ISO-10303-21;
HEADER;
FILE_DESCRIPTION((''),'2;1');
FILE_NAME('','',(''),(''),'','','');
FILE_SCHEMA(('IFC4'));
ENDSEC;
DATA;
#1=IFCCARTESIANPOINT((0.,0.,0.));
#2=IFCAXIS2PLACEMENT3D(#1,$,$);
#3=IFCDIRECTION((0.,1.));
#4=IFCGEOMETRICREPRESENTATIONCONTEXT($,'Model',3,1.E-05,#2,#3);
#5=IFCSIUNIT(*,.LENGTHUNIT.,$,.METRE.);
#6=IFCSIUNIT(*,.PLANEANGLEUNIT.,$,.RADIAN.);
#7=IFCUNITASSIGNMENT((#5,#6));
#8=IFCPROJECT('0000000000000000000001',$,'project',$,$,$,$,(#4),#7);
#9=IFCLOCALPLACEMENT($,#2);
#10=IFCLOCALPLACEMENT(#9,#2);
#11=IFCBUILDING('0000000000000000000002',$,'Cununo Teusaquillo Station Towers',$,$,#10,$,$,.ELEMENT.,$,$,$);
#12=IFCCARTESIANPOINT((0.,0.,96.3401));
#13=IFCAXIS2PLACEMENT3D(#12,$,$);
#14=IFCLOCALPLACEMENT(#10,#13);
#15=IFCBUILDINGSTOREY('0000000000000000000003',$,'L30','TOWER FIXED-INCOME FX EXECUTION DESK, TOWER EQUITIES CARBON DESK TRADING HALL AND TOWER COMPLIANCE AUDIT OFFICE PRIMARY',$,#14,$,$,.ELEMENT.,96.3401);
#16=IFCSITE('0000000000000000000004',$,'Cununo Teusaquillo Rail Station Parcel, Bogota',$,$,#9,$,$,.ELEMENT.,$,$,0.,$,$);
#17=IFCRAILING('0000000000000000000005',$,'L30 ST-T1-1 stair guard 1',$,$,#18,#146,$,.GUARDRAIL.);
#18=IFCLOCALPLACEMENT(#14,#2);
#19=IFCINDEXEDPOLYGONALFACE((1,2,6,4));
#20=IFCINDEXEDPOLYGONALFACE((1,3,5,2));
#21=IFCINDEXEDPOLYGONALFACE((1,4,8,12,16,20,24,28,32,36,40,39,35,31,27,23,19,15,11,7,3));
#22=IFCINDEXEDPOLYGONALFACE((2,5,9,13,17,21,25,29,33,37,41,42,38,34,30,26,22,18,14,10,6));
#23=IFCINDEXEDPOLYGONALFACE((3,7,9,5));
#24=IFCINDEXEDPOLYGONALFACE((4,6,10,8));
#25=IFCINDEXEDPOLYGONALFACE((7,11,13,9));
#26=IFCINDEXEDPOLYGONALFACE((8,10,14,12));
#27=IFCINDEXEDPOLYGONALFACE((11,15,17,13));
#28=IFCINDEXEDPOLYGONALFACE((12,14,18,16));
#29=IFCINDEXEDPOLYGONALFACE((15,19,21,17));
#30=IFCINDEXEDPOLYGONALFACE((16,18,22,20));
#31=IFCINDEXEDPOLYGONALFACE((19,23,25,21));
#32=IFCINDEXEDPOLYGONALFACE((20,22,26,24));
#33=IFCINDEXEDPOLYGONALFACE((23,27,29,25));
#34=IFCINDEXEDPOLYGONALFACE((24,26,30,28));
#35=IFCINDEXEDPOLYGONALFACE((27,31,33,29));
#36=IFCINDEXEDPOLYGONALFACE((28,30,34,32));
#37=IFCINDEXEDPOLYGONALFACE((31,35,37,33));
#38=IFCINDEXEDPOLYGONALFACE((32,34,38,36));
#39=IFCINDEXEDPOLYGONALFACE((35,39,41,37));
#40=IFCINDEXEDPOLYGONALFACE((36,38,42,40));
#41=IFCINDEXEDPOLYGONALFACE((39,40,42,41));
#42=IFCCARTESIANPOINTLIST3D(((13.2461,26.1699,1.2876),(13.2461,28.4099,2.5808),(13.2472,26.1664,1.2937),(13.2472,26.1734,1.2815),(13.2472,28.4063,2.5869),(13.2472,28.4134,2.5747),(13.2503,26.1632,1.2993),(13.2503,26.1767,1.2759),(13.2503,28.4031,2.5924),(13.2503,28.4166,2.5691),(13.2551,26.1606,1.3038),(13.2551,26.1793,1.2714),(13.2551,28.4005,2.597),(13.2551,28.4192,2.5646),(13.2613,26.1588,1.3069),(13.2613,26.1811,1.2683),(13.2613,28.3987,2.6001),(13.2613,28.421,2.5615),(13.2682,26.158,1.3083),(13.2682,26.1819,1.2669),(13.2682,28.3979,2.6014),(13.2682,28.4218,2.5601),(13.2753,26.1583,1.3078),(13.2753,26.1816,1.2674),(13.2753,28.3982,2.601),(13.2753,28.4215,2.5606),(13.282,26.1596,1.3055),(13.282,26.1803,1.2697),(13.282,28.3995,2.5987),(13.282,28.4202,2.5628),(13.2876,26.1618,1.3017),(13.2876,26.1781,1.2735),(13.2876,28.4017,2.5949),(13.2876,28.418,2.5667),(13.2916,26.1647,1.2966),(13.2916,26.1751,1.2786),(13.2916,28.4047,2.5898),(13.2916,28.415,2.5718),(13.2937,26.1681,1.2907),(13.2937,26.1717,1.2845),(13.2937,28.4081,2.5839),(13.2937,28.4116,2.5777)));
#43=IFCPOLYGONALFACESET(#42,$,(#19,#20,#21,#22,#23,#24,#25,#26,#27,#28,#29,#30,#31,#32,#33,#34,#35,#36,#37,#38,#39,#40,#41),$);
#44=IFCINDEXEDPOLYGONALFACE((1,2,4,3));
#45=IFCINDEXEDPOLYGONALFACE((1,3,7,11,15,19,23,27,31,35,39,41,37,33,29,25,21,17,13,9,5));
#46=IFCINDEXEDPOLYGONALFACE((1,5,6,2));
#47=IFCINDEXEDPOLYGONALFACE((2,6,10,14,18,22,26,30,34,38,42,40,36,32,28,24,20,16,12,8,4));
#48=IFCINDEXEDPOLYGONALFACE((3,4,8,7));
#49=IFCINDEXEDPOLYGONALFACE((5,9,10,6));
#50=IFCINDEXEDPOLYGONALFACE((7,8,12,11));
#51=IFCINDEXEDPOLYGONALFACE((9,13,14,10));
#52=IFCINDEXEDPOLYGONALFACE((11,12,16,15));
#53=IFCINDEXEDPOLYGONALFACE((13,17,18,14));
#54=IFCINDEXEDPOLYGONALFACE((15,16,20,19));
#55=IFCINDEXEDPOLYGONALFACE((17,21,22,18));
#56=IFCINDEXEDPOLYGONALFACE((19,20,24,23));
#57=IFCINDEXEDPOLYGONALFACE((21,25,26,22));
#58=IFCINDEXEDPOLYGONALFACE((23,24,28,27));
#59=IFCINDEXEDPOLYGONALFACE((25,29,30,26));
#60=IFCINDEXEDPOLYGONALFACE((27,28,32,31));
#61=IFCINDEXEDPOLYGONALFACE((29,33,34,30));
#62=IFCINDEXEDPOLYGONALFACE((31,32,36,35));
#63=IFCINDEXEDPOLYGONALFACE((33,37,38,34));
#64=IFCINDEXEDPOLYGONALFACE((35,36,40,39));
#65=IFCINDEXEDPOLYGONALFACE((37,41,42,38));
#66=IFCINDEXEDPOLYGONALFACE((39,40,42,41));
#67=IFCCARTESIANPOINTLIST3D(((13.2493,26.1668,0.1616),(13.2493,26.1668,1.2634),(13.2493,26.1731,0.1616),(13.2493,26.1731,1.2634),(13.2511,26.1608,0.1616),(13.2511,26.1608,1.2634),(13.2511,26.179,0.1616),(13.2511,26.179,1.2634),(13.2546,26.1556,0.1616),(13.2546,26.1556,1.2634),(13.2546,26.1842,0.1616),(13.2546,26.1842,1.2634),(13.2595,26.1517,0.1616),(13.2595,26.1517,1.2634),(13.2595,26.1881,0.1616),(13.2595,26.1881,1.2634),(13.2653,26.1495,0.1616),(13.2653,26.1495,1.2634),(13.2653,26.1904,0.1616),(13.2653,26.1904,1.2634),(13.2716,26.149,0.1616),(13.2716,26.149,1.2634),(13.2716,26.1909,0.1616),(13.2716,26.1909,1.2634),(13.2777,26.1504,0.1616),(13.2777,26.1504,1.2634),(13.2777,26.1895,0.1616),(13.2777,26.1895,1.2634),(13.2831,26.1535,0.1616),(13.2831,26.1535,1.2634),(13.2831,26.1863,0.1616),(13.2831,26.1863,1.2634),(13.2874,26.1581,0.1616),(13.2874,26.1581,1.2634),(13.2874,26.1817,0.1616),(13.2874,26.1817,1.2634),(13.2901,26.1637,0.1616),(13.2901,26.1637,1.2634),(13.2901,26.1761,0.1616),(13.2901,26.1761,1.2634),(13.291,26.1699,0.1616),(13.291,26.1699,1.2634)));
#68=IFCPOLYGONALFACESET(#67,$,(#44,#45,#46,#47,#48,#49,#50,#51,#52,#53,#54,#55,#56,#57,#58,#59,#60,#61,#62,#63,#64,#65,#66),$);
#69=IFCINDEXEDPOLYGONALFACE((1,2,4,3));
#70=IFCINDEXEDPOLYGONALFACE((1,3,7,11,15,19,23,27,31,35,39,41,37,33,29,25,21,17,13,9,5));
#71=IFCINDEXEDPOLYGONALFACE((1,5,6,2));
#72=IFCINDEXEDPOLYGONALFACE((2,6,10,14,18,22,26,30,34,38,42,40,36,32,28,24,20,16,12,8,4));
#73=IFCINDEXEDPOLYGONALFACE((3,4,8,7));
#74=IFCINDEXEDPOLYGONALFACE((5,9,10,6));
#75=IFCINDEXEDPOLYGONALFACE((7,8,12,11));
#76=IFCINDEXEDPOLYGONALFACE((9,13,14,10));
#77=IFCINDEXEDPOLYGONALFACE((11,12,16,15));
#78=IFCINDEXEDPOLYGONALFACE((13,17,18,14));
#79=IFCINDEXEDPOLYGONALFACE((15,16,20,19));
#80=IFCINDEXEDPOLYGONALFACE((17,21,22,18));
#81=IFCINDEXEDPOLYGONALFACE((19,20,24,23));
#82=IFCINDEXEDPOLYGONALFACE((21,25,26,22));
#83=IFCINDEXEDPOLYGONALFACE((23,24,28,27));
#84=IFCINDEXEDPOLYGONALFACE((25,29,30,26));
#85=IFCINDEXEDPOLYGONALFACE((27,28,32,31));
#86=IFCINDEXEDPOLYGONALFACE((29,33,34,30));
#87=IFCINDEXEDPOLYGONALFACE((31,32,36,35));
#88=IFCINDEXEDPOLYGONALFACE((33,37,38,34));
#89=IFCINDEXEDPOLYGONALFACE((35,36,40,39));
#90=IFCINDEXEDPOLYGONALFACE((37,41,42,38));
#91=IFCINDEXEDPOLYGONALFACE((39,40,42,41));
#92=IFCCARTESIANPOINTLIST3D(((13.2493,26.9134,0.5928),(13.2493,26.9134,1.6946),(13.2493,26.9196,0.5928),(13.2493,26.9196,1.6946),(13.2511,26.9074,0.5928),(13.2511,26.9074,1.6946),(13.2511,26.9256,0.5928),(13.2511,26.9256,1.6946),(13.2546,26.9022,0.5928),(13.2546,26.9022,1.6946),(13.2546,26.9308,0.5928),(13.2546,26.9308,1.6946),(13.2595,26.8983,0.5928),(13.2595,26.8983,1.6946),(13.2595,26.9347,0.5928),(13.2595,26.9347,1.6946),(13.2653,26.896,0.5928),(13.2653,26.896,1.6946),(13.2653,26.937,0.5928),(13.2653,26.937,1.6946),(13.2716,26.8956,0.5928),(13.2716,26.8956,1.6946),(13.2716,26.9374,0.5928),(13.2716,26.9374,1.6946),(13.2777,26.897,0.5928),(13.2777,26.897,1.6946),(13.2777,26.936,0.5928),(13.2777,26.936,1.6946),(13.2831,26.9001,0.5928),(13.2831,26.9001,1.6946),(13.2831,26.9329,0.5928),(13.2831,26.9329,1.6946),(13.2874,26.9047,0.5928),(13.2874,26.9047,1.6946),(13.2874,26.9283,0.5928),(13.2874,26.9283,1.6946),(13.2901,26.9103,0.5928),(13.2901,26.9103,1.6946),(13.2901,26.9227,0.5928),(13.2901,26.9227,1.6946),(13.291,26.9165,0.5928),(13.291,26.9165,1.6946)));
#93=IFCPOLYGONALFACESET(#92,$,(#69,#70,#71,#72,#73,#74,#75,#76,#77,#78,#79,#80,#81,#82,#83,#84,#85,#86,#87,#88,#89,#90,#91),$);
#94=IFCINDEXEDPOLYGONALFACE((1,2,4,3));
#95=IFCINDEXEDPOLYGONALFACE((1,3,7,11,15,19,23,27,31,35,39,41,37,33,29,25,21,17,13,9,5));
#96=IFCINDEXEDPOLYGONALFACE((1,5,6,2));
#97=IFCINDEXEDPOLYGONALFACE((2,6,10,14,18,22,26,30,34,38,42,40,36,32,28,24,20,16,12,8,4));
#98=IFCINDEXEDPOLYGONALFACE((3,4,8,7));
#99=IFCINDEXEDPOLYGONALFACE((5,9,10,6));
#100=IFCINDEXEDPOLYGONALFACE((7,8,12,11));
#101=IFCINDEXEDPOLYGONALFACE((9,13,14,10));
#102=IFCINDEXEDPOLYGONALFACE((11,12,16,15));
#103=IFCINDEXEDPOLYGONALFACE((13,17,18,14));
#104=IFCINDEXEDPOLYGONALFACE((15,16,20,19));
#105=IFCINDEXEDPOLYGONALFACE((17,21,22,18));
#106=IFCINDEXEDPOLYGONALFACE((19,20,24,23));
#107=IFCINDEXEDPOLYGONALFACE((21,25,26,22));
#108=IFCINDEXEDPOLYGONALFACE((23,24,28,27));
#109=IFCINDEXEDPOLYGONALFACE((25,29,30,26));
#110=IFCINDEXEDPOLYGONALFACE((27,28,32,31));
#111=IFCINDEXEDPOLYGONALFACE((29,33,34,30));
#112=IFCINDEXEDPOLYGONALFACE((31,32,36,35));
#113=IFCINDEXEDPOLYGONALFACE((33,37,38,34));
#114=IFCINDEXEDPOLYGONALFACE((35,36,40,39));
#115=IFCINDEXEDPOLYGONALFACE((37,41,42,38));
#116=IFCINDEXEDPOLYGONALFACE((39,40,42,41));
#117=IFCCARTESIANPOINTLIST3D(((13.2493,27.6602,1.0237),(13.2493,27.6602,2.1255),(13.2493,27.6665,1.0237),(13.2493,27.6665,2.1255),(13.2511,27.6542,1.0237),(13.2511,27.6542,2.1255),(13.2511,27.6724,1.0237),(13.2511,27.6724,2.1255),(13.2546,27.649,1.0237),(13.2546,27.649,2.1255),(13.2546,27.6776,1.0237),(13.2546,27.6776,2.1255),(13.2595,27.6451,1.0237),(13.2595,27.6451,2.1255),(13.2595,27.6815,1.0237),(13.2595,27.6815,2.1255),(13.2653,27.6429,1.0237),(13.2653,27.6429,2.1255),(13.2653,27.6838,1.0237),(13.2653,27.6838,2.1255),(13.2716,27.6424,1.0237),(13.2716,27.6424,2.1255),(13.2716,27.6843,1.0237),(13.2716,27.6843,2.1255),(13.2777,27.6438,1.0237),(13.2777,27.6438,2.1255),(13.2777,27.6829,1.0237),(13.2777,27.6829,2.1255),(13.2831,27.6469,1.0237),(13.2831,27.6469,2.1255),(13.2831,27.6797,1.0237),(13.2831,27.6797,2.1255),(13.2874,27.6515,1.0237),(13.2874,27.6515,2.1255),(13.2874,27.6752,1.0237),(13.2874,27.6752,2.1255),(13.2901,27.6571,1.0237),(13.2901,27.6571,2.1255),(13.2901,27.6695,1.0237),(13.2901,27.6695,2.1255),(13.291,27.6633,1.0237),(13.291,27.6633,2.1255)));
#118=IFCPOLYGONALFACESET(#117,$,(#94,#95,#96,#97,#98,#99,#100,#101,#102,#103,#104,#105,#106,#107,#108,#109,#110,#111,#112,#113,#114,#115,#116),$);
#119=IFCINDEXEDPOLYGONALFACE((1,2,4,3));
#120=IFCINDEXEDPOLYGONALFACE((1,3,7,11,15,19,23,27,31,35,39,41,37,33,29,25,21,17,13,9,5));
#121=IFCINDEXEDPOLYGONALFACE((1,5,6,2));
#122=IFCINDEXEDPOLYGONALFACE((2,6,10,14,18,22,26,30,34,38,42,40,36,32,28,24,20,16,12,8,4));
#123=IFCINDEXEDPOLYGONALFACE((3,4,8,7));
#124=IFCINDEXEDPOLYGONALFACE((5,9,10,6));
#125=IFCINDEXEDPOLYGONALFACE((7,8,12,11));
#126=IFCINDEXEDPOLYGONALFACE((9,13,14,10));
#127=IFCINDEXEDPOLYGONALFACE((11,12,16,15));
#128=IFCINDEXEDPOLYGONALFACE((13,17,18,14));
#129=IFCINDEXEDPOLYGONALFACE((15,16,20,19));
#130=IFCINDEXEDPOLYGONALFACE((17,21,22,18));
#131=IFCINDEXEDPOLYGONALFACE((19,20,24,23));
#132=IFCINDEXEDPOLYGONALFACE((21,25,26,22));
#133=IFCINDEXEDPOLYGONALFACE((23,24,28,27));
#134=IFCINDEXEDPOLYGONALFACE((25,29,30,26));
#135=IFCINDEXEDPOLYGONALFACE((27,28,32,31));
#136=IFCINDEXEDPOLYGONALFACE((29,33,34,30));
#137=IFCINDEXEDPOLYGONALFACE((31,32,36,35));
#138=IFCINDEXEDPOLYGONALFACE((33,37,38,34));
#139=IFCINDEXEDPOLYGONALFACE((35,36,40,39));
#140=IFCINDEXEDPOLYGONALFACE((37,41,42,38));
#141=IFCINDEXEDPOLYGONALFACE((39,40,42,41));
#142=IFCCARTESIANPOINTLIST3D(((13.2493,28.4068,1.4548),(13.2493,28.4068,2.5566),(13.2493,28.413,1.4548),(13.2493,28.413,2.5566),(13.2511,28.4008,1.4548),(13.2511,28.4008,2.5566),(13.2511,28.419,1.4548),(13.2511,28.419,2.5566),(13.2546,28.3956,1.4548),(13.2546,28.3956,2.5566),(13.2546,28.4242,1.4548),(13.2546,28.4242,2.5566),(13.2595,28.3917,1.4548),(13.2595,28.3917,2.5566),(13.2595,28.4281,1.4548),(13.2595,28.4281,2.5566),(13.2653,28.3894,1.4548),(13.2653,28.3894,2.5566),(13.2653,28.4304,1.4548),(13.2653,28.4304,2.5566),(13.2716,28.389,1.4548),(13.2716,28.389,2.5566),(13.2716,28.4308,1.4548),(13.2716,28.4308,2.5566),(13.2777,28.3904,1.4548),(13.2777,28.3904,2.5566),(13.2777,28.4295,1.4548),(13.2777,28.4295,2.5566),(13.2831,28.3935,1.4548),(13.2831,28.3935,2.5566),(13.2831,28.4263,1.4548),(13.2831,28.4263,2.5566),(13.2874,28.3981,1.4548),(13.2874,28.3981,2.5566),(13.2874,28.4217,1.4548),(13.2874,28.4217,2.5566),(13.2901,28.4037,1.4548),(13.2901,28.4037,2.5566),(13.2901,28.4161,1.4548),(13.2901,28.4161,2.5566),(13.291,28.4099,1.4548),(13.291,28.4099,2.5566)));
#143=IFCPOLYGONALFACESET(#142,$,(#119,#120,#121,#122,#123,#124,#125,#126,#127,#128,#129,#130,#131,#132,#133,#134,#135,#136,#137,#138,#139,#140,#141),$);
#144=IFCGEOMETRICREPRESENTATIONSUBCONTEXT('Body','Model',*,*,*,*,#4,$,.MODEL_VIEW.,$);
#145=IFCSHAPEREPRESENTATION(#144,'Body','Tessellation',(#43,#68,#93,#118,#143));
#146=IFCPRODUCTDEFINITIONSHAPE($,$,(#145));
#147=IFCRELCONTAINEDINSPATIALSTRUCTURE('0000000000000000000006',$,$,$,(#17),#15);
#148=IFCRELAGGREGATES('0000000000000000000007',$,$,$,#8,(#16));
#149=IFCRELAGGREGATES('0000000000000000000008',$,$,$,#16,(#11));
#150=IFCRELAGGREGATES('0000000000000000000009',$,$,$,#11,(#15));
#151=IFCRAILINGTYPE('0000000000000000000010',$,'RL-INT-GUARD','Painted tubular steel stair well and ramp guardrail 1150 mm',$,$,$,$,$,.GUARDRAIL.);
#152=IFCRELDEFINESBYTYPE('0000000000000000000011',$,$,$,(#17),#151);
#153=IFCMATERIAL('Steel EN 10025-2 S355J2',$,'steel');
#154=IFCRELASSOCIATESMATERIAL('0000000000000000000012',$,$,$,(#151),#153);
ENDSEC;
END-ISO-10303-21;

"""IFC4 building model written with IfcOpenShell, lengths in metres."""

from ifc_helpers import new_model, si_unit, direction, frame, origin, origin_2d, place, context, subcontext, project, spatial, circle, extrude, material, type_object, element, save


model = new_model("IFC4")

# Units and contexts
model_context = context("Model", 3, precision=1e-05, world=origin(), true_north=direction((0.0, 1.0)))
body_context = subcontext(model_context, "Body", "Model", "MODEL_VIEW")
ifc_project = project(units=[si_unit("LENGTHUNIT", "METRE"), si_unit("PLANEANGLEUNIT", "RADIAN")], contexts=[model_context])

# Site, building, storey
site_placement = place(None, origin())
site = spatial("IfcSite", under=ifc_project, at=site_placement, Name="Cununo Teusaquillo Rail Station Parcel, Bogota", CompositionType="ELEMENT", RefElevation=0.0)
building_placement = place(site_placement, origin())
building = spatial("IfcBuilding", under=site, at=building_placement, Name="Cununo Teusaquillo Station Towers", CompositionType="ELEMENT")
storey_placement = place(building_placement, frame((0.0, 0.0, 96.3401)))
storey = spatial("IfcBuildingStorey", under=building, at=storey_placement, Name="L30", Description="TOWER FIXED-INCOME FX EXECUTION DESK, TOWER EQUITIES CARBON DESK TRADING HALL AND TOWER COMPLIANCE AUDIT OFFICE PRIMARY", CompositionType="ELEMENT", Elevation=96.3401)

# Railing
ifc_material_1 = material(Name="Steel EN 10025-2 S355J2", Category="steel")
railing_type_1 = type_object("IfcRailingType", Name="RL-INT-GUARD", Description="Painted tubular steel stair well and ramp guardrail 1150 mm", PredefinedType="GUARDRAIL", material=ifc_material_1)
railing_1_placement = place(storey_placement, frame((13.27, 26.1699, 0.1616)))
element("IfcRailing", 1, at=railing_1_placement, inside=storey, type_object=railing_type_1, Name="L30 ST-T1-1 stair guard 1", PredefinedType="GUARDRAIL", context=body_context, shape_type="SweptSolid", body=[
    extrude(circle(Radius=0.0239, at=origin_2d()), frame((0.0, 0.0, 1.126), z_axis=(0.0, 0.866033, 0.499987), x_axis=(-1.0, 0.0, 0.0)), (0.0, 0.0, 1.0), 2.5864),
    extrude(circle(Radius=0.021, at=origin_2d()), origin(), (0.0, 0.0, 1.0), 1.1018),
    extrude(circle(Radius=0.021, at=origin_2d()), frame((0.0, 0.7466, 0.4312)), (0.0, 0.0, 1.0), 1.1018),
    extrude(circle(Radius=0.021, at=origin_2d()), frame((0.0, 1.4934, 0.8621)), (0.0, 0.0, 1.0), 1.1018),
    extrude(circle(Radius=0.021, at=origin_2d()), frame((0.0, 2.24, 1.2932)), (0.0, 0.0, 1.0), 1.1018),
])

save(model, "model.ifc")
